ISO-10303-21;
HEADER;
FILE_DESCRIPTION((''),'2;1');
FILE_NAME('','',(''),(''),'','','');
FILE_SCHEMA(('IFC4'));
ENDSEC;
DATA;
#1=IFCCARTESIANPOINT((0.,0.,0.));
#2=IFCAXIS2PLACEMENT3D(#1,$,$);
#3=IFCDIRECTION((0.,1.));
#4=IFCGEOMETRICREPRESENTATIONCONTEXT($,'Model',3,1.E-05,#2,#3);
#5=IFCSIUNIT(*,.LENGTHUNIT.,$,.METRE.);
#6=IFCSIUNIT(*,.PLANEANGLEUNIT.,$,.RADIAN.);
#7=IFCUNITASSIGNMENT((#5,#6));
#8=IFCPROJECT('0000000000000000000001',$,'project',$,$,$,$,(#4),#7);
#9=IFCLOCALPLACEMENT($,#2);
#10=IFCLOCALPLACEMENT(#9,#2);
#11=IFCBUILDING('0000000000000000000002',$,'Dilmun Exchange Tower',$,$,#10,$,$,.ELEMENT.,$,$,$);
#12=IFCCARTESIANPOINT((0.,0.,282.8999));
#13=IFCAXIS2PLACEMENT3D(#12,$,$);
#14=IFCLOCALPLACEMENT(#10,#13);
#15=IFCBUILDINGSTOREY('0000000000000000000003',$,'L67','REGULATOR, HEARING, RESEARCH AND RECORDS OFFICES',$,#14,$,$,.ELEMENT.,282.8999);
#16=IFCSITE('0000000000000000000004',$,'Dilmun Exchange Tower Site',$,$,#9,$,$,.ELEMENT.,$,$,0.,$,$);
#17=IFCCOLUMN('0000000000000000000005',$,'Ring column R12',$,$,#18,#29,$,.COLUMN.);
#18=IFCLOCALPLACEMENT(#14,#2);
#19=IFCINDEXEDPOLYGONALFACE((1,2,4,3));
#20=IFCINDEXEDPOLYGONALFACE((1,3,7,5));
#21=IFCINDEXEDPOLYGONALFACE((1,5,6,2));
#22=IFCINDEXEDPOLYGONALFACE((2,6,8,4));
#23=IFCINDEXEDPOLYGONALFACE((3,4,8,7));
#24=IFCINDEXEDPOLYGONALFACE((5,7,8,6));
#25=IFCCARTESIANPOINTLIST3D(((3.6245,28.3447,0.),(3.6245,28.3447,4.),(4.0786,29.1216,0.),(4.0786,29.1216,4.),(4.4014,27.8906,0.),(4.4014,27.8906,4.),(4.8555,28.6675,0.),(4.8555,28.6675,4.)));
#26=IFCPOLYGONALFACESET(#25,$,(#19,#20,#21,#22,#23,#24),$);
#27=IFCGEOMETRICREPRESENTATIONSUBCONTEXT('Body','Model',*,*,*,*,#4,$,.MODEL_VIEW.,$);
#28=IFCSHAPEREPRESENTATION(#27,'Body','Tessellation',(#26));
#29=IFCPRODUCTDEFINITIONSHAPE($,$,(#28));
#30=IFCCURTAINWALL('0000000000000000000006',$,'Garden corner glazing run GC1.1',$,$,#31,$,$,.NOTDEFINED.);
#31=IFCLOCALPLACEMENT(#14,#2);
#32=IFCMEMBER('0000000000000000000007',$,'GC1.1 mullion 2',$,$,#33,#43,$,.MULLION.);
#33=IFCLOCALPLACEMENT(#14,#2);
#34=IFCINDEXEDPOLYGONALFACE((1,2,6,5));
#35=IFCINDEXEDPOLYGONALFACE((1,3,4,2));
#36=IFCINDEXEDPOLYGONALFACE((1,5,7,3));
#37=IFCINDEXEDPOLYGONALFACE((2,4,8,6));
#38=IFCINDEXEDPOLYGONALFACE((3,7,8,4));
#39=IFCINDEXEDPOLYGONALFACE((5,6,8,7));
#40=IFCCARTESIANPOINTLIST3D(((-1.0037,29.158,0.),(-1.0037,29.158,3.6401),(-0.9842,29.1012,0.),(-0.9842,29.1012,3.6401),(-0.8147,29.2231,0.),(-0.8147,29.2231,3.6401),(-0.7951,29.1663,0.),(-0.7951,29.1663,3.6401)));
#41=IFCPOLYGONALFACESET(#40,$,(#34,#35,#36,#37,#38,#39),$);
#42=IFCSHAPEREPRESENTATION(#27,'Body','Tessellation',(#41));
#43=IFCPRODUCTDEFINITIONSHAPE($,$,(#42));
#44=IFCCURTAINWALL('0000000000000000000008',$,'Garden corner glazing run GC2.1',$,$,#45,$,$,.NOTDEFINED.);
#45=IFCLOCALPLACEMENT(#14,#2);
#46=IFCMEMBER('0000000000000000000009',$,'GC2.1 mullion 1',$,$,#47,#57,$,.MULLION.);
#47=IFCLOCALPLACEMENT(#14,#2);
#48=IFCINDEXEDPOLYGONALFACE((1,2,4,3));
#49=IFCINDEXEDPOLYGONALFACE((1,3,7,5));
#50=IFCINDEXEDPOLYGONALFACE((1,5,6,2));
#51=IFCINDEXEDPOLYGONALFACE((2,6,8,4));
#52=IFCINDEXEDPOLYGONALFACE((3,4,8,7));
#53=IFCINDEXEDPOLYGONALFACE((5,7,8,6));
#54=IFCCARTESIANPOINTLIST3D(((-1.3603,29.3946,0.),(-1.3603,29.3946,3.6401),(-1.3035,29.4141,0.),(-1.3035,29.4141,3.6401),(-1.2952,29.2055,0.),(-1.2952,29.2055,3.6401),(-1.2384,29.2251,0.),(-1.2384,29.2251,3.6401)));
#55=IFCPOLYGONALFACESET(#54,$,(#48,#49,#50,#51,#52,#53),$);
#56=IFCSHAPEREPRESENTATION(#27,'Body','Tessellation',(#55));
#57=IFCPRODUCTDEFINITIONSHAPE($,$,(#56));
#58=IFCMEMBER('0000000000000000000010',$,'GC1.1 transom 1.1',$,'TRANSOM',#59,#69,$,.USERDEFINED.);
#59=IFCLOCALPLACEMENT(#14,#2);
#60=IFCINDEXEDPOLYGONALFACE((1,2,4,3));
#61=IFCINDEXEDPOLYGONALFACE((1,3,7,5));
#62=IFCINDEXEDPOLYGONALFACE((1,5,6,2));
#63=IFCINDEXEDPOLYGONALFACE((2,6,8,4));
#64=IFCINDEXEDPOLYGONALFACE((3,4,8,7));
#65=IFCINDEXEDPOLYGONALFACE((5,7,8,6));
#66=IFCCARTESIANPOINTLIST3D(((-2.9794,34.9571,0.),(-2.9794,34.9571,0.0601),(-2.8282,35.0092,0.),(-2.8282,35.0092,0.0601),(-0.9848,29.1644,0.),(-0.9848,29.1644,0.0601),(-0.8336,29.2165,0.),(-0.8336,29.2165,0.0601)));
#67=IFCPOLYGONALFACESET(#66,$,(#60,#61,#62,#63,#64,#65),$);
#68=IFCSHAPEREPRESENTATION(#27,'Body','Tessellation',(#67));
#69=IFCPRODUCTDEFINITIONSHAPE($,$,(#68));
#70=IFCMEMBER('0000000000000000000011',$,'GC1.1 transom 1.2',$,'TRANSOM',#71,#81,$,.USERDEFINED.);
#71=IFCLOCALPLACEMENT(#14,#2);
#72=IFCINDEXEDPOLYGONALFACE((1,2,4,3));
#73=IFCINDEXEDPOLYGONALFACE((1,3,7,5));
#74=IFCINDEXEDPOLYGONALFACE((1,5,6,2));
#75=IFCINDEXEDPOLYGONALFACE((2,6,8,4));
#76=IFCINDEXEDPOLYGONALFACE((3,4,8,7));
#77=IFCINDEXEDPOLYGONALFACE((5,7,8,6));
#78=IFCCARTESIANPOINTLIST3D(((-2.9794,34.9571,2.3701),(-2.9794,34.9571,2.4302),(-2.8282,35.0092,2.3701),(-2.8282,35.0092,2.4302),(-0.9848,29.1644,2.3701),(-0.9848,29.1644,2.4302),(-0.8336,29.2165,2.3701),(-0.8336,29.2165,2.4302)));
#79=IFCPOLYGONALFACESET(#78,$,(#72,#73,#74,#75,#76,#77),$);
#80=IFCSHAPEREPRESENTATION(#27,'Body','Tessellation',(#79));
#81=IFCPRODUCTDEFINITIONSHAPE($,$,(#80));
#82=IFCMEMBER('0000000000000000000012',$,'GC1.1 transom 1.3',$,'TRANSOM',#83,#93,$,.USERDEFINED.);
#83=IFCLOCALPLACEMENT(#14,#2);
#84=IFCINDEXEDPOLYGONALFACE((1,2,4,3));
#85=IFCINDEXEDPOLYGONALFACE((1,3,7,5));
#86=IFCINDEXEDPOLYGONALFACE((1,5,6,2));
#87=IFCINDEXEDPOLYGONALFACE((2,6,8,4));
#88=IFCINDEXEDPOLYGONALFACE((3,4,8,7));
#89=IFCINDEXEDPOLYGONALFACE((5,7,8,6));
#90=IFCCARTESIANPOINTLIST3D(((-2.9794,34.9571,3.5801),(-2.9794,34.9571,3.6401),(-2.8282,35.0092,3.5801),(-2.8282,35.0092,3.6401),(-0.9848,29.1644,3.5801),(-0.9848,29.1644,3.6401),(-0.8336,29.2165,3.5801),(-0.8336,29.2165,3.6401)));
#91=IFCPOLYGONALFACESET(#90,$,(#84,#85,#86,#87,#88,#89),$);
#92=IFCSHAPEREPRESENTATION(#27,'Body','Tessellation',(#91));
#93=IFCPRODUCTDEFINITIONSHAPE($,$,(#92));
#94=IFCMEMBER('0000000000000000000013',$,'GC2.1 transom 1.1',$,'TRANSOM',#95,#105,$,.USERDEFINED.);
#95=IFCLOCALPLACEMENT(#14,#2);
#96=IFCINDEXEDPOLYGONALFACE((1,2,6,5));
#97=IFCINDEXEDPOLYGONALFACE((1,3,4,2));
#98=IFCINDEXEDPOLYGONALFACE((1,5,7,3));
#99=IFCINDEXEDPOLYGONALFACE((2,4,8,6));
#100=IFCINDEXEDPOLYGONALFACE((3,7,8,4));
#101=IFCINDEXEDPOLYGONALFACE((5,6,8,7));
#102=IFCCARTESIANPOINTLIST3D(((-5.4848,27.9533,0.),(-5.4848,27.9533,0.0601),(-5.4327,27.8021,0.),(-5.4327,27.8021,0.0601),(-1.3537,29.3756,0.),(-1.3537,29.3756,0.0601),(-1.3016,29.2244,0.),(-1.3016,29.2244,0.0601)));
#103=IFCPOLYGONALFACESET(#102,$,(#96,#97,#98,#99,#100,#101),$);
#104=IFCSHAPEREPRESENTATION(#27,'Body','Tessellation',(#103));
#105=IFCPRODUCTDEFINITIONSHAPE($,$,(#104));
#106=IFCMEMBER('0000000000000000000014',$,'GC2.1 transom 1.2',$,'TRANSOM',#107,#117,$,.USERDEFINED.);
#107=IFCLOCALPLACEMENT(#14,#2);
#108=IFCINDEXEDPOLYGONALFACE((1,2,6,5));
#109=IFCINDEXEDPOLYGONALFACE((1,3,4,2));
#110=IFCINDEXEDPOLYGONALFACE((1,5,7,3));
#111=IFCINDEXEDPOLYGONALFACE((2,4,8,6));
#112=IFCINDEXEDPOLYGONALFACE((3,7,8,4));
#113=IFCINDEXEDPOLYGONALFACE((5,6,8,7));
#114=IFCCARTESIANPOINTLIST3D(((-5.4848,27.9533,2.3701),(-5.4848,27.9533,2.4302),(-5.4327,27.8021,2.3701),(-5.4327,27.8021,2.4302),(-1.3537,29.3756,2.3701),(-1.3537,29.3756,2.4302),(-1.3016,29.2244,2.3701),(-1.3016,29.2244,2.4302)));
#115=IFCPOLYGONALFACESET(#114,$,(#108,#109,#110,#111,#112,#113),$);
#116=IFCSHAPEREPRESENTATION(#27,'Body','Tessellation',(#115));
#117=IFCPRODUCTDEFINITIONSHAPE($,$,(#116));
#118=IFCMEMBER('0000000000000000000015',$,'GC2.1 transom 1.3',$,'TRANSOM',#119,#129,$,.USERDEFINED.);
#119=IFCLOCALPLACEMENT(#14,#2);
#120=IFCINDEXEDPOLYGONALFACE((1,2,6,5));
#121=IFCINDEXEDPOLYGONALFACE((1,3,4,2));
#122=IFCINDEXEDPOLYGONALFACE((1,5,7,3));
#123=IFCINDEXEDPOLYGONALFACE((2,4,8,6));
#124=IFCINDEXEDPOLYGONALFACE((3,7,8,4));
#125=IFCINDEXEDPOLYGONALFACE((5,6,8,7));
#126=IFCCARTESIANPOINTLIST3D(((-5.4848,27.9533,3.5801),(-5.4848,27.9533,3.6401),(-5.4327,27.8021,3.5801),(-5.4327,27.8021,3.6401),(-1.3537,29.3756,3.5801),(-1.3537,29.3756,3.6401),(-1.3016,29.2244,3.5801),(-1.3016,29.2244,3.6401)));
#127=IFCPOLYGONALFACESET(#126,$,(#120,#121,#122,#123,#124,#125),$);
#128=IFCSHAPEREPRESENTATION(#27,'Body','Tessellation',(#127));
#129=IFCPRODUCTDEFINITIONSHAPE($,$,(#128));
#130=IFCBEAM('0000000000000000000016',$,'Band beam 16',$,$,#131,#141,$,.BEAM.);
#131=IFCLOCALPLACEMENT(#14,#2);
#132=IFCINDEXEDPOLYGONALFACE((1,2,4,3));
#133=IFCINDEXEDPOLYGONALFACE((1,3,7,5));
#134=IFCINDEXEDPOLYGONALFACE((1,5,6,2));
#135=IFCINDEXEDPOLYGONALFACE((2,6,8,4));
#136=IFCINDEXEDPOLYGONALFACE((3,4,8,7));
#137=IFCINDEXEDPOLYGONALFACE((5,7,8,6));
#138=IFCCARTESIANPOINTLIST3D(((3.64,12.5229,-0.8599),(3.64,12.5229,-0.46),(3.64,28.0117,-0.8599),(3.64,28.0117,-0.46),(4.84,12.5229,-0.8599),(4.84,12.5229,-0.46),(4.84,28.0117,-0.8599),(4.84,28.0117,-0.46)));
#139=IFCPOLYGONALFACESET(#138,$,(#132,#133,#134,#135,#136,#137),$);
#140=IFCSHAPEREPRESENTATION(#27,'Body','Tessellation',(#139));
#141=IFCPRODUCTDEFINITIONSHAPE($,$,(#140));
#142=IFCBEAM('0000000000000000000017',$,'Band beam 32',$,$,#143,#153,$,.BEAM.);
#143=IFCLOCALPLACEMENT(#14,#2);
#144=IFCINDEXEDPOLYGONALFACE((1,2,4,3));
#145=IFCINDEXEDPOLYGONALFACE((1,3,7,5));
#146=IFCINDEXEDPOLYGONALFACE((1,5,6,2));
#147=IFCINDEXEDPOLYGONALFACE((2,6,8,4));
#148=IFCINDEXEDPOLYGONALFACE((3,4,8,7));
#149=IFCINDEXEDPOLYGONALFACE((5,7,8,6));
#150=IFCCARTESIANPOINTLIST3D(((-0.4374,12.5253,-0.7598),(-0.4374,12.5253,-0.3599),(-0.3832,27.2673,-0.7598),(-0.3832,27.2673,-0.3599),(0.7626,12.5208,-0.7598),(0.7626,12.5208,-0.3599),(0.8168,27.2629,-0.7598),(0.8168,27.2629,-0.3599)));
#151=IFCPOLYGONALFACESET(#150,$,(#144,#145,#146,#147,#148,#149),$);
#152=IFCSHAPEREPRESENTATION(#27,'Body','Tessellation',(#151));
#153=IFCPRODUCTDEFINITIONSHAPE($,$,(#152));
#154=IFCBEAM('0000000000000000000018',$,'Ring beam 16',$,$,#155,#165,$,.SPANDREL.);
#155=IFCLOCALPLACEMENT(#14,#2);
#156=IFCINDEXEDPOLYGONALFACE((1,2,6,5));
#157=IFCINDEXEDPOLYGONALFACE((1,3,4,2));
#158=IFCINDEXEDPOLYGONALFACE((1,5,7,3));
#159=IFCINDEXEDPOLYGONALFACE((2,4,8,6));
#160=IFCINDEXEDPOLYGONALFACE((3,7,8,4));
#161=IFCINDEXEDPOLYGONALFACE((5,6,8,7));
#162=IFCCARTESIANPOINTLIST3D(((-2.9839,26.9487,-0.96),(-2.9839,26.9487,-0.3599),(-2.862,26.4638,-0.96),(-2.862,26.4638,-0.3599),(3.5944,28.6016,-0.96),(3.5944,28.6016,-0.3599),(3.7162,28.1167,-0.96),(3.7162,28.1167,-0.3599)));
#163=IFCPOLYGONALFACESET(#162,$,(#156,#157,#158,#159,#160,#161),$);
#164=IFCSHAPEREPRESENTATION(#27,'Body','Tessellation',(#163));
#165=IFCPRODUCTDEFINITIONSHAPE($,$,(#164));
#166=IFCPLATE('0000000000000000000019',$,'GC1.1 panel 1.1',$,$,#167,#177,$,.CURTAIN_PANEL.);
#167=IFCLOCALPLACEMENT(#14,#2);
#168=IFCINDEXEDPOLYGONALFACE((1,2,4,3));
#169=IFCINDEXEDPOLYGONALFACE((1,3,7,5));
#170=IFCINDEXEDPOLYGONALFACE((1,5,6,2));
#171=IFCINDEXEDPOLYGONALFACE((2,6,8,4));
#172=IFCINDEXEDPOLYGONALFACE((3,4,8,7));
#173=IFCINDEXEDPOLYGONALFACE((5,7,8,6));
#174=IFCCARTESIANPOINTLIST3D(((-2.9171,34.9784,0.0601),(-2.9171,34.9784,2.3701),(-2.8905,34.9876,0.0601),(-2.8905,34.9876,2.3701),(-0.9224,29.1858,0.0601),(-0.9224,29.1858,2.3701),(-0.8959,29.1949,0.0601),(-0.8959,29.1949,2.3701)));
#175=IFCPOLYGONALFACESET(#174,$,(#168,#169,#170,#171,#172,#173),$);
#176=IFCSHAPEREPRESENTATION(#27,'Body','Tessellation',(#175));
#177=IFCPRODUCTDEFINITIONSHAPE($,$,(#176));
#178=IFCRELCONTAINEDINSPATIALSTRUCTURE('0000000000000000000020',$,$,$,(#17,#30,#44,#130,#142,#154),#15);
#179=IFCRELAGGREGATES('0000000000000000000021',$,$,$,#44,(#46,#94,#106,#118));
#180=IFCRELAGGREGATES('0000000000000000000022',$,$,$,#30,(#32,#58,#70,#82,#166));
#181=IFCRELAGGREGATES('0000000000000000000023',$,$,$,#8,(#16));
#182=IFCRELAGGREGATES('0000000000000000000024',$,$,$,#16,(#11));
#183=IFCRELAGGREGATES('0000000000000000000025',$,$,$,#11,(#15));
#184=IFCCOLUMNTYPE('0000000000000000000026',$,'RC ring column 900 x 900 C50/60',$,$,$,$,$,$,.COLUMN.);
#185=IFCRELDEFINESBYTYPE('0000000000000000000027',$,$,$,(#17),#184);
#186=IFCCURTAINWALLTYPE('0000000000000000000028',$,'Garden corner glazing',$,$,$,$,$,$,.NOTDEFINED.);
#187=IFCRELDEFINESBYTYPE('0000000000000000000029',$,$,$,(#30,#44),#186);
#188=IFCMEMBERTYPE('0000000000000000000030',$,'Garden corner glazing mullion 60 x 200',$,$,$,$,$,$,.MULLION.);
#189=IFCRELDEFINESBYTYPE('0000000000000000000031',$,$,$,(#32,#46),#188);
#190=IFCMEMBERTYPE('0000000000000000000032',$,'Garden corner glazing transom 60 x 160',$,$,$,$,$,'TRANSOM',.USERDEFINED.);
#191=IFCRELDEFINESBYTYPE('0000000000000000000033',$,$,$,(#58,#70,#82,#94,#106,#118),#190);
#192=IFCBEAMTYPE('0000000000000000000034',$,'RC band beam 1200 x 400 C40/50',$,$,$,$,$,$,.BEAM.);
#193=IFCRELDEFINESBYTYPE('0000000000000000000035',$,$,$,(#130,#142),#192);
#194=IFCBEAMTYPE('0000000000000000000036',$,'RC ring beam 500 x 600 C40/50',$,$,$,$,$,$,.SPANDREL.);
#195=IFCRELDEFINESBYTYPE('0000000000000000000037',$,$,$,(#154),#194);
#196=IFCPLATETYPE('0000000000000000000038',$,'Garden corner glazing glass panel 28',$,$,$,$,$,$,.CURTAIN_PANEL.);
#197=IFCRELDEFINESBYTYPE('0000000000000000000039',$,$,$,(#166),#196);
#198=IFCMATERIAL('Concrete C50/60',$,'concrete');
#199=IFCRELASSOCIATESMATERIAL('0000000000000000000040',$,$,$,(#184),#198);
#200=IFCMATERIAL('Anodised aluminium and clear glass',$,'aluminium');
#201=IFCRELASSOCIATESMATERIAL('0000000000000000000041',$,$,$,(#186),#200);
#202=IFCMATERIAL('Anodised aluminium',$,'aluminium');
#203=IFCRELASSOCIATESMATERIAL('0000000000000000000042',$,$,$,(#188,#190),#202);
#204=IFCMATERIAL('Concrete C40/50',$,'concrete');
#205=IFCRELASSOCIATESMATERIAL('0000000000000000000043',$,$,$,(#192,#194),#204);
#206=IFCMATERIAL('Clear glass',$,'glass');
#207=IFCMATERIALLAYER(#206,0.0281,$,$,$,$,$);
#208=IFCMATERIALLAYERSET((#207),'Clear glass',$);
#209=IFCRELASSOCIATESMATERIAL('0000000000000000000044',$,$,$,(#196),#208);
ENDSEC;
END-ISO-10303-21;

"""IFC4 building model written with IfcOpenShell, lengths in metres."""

from ifc_helpers import new_model, si_unit, direction, frame, origin, origin_2d, place, context, subcontext, project, spatial, rectangle, extrude, material, layer, layer_set, material_profile, profile_set, type_object, element, aggregate, save


model = new_model("IFC4")

# Units and contexts
model_context = context("Model", 3, precision=1e-05, world=origin(), true_north=direction((0.0, 1.0)))
body_context = subcontext(model_context, "Body", "Model", "MODEL_VIEW")
ifc_project = project(units=[si_unit("LENGTHUNIT", "METRE"), si_unit("PLANEANGLEUNIT", "RADIAN")], contexts=[model_context])

# Site, building, storey
site_placement = place(None, origin())
site = spatial("IfcSite", under=ifc_project, at=site_placement, Name="Dilmun Exchange Tower Site", CompositionType="ELEMENT", RefElevation=0.0)
building_placement = place(site_placement, origin())
building = spatial("IfcBuilding", under=site, at=building_placement, Name="Dilmun Exchange Tower", CompositionType="ELEMENT")
storey_placement = place(building_placement, frame((0.0, 0.0, 282.8999)))
storey = spatial("IfcBuildingStorey", under=building, at=storey_placement, Name="L67", Description="REGULATOR, HEARING, RESEARCH AND RECORDS OFFICES", CompositionType="ELEMENT", Elevation=282.8999)

# Column
ifc_material_1 = material(Name="Concrete C50/60", Category="concrete")
ifc_material_profile_1 = material_profile(ifc_material_1, rectangle(XDim=0.8999, YDim=0.8999, at=origin_2d()), Name="900 x 900")
ifc_profile_set_1 = profile_set([ifc_material_profile_1], Name="Concrete C50/60")
column_type = type_object("IfcColumnType", Name="RC ring column 900 x 900 C50/60", PredefinedType="COLUMN", material=ifc_profile_set_1)
column_placement = place(storey_placement, frame((4.24, 28.5061, 0.0), z_axis=(0.0, 0.0, 1.0), x_axis=(0.504644, 0.863328, 0.0)))
element("IfcColumn", 1, at=column_placement, inside=storey, type_object=column_type, Name="Ring column R12", PredefinedType="COLUMN", context=body_context, shape_type="SweptSolid", body=[
    extrude(rectangle(XDim=0.8999, YDim=0.8999, at=origin_2d()), origin(), (0.0, 0.0, 1.0), 4.0),
])

# Curtain walls, members
ifc_material_2 = material(Name="Anodised aluminium and clear glass", Category="aluminium")
curtain_wall_type = type_object("IfcCurtainWallType", Name="Garden corner glazing", PredefinedType="NOTDEFINED", material=ifc_material_2)
curtain_wall_1_placement = place(storey_placement, origin())
curtain_wall_1 = element("IfcCurtainWall", 2, at=curtain_wall_1_placement, inside=storey, type_object=curtain_wall_type, Name="Garden corner glazing run GC1.1", PredefinedType="NOTDEFINED")
ifc_material_3 = material(Name="Anodised aluminium", Category="aluminium")
ifc_material_profile_2 = material_profile(ifc_material_3, rectangle(XDim=0.2, YDim=0.0601, at=origin_2d()), Name="AL 60x200")
ifc_profile_set_2 = profile_set([ifc_material_profile_2], Name="Anodised aluminium")
member_type_1 = type_object("IfcMemberType", Name="Garden corner glazing mullion 60 x 200", PredefinedType="MULLION", material=ifc_profile_set_2)
member_1_placement = place(storey_placement, frame((-0.8994, 29.1621, 0.0), z_axis=(0.0, 0.0, 1.0), x_axis=(0.945515, 0.325578, 0.0)))
member_1 = element("IfcMember", 3, at=member_1_placement, type_object=member_type_1, Name="GC1.1 mullion 2", PredefinedType="MULLION", context=body_context, shape_type="SweptSolid", body=[
    extrude(rectangle(XDim=0.2, YDim=0.0601, at=origin_2d()), origin(), (0.0, 0.0, 1.0), 3.6401),
])
curtain_wall_2_placement = place(storey_placement, origin())
curtain_wall_2 = element("IfcCurtainWall", 4, at=curtain_wall_2_placement, inside=storey, type_object=curtain_wall_type, Name="Garden corner glazing run GC2.1", PredefinedType="NOTDEFINED")
member_2_placement = place(storey_placement, frame((-1.2993, 29.3098, 0.0), z_axis=(0.0, 0.0, 1.0), x_axis=(0.325562, -0.945521, 0.0)))
member_2 = element("IfcMember", 5, at=member_2_placement, type_object=member_type_1, Name="GC2.1 mullion 1", PredefinedType="MULLION", context=body_context, shape_type="SweptSolid", body=[
    extrude(rectangle(XDim=0.2, YDim=0.0601, at=origin_2d()), origin(), (0.0, 0.0, 1.0), 3.6401),
])

# Members
ifc_material_profile_3 = material_profile(ifc_material_3, rectangle(XDim=0.1599, YDim=0.0601, at=origin_2d()), Name="AL 60x160")
ifc_profile_set_3 = profile_set([ifc_material_profile_3], Name="Anodised aluminium")
member_type_2 = type_object("IfcMemberType", Name="Garden corner glazing transom 60 x 160", ElementType="TRANSOM", PredefinedType="USERDEFINED", material=ifc_profile_set_3)
member_3_placement = place(storey_placement, frame((-2.9038, 34.9832, 0.03), z_axis=(0.325573, -0.945517, 0.0), x_axis=(0.945517, 0.325573, 0.0)))
member_3 = element("IfcMember", 6, at=member_3_placement, type_object=member_type_2, Name="GC1.1 transom 1.1", ObjectType="TRANSOM", PredefinedType="USERDEFINED", context=body_context, shape_type="SweptSolid", body=[
    extrude(rectangle(XDim=0.1599, YDim=0.0601, at=origin_2d()), origin(), (0.0, 0.0, 1.0), 6.1265),
])
member_4_placement = place(storey_placement, frame((-2.9038, 34.9832, 2.4001), z_axis=(0.325573, -0.945517, 0.0), x_axis=(0.945517, 0.325573, 0.0)))
member_4 = element("IfcMember", 7, at=member_4_placement, type_object=member_type_2, Name="GC1.1 transom 1.2", ObjectType="TRANSOM", PredefinedType="USERDEFINED", context=body_context, shape_type="SweptSolid", body=[
    extrude(rectangle(XDim=0.1599, YDim=0.0601, at=origin_2d()), origin(), (0.0, 0.0, 1.0), 6.1265),
])
member_5_placement = place(storey_placement, frame((-2.9038, 34.9832, 3.6101), z_axis=(0.325573, -0.945517, 0.0), x_axis=(0.945517, 0.325573, 0.0)))
member_5 = element("IfcMember", 8, at=member_5_placement, type_object=member_type_2, Name="GC1.1 transom 1.3", ObjectType="TRANSOM", PredefinedType="USERDEFINED", context=body_context, shape_type="SweptSolid", body=[
    extrude(rectangle(XDim=0.1599, YDim=0.0601, at=origin_2d()), origin(), (0.0, 0.0, 1.0), 6.1265),
])
member_6_placement = place(storey_placement, frame((-1.3276, 29.3, 0.03), z_axis=(-0.945525, -0.32555, 0.0), x_axis=(0.32555, -0.945525, 0.0)))
member_6 = element("IfcMember", 9, at=member_6_placement, type_object=member_type_2, Name="GC2.1 transom 1.1", ObjectType="TRANSOM", PredefinedType="USERDEFINED", context=body_context, shape_type="SweptSolid", body=[
    extrude(rectangle(XDim=0.1599, YDim=0.0601, at=origin_2d()), origin(), (0.0, 0.0, 1.0), 4.3691),
])
member_7_placement = place(storey_placement, frame((-1.3276, 29.3, 2.4001), z_axis=(-0.945525, -0.32555, 0.0), x_axis=(0.32555, -0.945525, 0.0)))
member_7 = element("IfcMember", 10, at=member_7_placement, type_object=member_type_2, Name="GC2.1 transom 1.2", ObjectType="TRANSOM", PredefinedType="USERDEFINED", context=body_context, shape_type="SweptSolid", body=[
    extrude(rectangle(XDim=0.1599, YDim=0.0601, at=origin_2d()), origin(), (0.0, 0.0, 1.0), 4.3691),
])
member_8_placement = place(storey_placement, frame((-1.3276, 29.3, 3.6101), z_axis=(-0.945525, -0.32555, 0.0), x_axis=(0.32555, -0.945525, 0.0)))
member_8 = element("IfcMember", 11, at=member_8_placement, type_object=member_type_2, Name="GC2.1 transom 1.3", ObjectType="TRANSOM", PredefinedType="USERDEFINED", context=body_context, shape_type="SweptSolid", body=[
    extrude(rectangle(XDim=0.1599, YDim=0.0601, at=origin_2d()), origin(), (0.0, 0.0, 1.0), 4.3691),
])
aggregate(curtain_wall_2, [member_2, member_6, member_7, member_8])

# Beams
ifc_material_4 = material(Name="Concrete C40/50", Category="concrete")
ifc_material_profile_4 = material_profile(ifc_material_4, rectangle(XDim=1.2, YDim=0.3999, at=origin_2d()), Name="1200 x 400")
ifc_profile_set_4 = profile_set([ifc_material_profile_4], Name="Concrete C40/50")
beam_type_1 = type_object("IfcBeamType", Name="RC band beam 1200 x 400 C40/50", PredefinedType="BEAM", material=ifc_profile_set_4)
beam_1_placement = place(storey_placement, frame((4.24, 28.0117, -0.6599), z_axis=(0.0, -1.0, 0.0), x_axis=(1.0, 0.0, 0.0)))
element("IfcBeam", 12, at=beam_1_placement, inside=storey, type_object=beam_type_1, Name="Band beam 16", PredefinedType="BEAM", context=body_context, shape_type="SweptSolid", body=[
    extrude(rectangle(XDim=1.2, YDim=0.3999, at=origin_2d()), origin(), (0.0, 0.0, 1.0), 15.4888),
])
beam_2_placement = place(storey_placement, frame((0.2168, 27.2651, -0.5598), z_axis=(-0.003676, -0.999993, 0.0), x_axis=(0.999993, -0.003676, 0.0)))
element("IfcBeam", 13, at=beam_2_placement, inside=storey, type_object=beam_type_1, Name="Band beam 32", PredefinedType="BEAM", context=body_context, shape_type="SweptSolid", body=[
    extrude(rectangle(XDim=1.2, YDim=0.3999, at=origin_2d()), origin(), (0.0, 0.0, 1.0), 14.7422),
])
ifc_material_profile_5 = material_profile(ifc_material_4, rectangle(XDim=0.5, YDim=0.6001, at=origin_2d()), Name="500 x 600")
ifc_profile_set_5 = profile_set([ifc_material_profile_5], Name="Concrete C40/50")
beam_type_2 = type_object("IfcBeamType", Name="RC ring beam 500 x 600 C40/50", PredefinedType="SPANDREL", material=ifc_profile_set_5)
beam_3_placement = place(storey_placement, frame((3.6553, 28.3591, -0.6599), z_axis=(-0.969854, -0.243687, 0.0), x_axis=(0.243687, -0.969854, 0.0)))
element("IfcBeam", 14, at=beam_3_placement, inside=storey, type_object=beam_type_2, Name="Ring beam 16", PredefinedType="SPANDREL", context=body_context, shape_type="SweptSolid", body=[
    extrude(rectangle(XDim=0.5, YDim=0.6001, at=origin_2d()), origin(), (0.0, 0.0, 1.0), 6.7827),
])

# Plate
ifc_material_5 = material(Name="Clear glass", Category="glass")
ifc_layer_1 = layer(ifc_material_5, 0.0281)
ifc_layer_set_1 = layer_set([ifc_layer_1], Name="Clear glass")
plate_type = type_object("IfcPlateType", Name="Garden corner glazing glass panel 28", PredefinedType="CURTAIN_PANEL", material=ifc_layer_set_1)
plate_1_placement = place(storey_placement, frame((-1.9065, 32.0867, 0.0601), z_axis=(0.0, 0.0, 1.0), x_axis=(0.325578, -0.945515, 0.0)))
plate_1 = element("IfcPlate", 15, at=plate_1_placement, type_object=plate_type, Name="GC1.1 panel 1.1", PredefinedType="CURTAIN_PANEL", context=body_context, shape_type="SweptSolid", body=[
    extrude(rectangle(XDim=6.1265, YDim=0.0281, at=origin_2d()), origin(), (0.0, 0.0, 1.0), 2.3101),
])
aggregate(curtain_wall_1, [member_1, member_3, member_4, member_5, plate_1])

save(model, "model.ifc")
